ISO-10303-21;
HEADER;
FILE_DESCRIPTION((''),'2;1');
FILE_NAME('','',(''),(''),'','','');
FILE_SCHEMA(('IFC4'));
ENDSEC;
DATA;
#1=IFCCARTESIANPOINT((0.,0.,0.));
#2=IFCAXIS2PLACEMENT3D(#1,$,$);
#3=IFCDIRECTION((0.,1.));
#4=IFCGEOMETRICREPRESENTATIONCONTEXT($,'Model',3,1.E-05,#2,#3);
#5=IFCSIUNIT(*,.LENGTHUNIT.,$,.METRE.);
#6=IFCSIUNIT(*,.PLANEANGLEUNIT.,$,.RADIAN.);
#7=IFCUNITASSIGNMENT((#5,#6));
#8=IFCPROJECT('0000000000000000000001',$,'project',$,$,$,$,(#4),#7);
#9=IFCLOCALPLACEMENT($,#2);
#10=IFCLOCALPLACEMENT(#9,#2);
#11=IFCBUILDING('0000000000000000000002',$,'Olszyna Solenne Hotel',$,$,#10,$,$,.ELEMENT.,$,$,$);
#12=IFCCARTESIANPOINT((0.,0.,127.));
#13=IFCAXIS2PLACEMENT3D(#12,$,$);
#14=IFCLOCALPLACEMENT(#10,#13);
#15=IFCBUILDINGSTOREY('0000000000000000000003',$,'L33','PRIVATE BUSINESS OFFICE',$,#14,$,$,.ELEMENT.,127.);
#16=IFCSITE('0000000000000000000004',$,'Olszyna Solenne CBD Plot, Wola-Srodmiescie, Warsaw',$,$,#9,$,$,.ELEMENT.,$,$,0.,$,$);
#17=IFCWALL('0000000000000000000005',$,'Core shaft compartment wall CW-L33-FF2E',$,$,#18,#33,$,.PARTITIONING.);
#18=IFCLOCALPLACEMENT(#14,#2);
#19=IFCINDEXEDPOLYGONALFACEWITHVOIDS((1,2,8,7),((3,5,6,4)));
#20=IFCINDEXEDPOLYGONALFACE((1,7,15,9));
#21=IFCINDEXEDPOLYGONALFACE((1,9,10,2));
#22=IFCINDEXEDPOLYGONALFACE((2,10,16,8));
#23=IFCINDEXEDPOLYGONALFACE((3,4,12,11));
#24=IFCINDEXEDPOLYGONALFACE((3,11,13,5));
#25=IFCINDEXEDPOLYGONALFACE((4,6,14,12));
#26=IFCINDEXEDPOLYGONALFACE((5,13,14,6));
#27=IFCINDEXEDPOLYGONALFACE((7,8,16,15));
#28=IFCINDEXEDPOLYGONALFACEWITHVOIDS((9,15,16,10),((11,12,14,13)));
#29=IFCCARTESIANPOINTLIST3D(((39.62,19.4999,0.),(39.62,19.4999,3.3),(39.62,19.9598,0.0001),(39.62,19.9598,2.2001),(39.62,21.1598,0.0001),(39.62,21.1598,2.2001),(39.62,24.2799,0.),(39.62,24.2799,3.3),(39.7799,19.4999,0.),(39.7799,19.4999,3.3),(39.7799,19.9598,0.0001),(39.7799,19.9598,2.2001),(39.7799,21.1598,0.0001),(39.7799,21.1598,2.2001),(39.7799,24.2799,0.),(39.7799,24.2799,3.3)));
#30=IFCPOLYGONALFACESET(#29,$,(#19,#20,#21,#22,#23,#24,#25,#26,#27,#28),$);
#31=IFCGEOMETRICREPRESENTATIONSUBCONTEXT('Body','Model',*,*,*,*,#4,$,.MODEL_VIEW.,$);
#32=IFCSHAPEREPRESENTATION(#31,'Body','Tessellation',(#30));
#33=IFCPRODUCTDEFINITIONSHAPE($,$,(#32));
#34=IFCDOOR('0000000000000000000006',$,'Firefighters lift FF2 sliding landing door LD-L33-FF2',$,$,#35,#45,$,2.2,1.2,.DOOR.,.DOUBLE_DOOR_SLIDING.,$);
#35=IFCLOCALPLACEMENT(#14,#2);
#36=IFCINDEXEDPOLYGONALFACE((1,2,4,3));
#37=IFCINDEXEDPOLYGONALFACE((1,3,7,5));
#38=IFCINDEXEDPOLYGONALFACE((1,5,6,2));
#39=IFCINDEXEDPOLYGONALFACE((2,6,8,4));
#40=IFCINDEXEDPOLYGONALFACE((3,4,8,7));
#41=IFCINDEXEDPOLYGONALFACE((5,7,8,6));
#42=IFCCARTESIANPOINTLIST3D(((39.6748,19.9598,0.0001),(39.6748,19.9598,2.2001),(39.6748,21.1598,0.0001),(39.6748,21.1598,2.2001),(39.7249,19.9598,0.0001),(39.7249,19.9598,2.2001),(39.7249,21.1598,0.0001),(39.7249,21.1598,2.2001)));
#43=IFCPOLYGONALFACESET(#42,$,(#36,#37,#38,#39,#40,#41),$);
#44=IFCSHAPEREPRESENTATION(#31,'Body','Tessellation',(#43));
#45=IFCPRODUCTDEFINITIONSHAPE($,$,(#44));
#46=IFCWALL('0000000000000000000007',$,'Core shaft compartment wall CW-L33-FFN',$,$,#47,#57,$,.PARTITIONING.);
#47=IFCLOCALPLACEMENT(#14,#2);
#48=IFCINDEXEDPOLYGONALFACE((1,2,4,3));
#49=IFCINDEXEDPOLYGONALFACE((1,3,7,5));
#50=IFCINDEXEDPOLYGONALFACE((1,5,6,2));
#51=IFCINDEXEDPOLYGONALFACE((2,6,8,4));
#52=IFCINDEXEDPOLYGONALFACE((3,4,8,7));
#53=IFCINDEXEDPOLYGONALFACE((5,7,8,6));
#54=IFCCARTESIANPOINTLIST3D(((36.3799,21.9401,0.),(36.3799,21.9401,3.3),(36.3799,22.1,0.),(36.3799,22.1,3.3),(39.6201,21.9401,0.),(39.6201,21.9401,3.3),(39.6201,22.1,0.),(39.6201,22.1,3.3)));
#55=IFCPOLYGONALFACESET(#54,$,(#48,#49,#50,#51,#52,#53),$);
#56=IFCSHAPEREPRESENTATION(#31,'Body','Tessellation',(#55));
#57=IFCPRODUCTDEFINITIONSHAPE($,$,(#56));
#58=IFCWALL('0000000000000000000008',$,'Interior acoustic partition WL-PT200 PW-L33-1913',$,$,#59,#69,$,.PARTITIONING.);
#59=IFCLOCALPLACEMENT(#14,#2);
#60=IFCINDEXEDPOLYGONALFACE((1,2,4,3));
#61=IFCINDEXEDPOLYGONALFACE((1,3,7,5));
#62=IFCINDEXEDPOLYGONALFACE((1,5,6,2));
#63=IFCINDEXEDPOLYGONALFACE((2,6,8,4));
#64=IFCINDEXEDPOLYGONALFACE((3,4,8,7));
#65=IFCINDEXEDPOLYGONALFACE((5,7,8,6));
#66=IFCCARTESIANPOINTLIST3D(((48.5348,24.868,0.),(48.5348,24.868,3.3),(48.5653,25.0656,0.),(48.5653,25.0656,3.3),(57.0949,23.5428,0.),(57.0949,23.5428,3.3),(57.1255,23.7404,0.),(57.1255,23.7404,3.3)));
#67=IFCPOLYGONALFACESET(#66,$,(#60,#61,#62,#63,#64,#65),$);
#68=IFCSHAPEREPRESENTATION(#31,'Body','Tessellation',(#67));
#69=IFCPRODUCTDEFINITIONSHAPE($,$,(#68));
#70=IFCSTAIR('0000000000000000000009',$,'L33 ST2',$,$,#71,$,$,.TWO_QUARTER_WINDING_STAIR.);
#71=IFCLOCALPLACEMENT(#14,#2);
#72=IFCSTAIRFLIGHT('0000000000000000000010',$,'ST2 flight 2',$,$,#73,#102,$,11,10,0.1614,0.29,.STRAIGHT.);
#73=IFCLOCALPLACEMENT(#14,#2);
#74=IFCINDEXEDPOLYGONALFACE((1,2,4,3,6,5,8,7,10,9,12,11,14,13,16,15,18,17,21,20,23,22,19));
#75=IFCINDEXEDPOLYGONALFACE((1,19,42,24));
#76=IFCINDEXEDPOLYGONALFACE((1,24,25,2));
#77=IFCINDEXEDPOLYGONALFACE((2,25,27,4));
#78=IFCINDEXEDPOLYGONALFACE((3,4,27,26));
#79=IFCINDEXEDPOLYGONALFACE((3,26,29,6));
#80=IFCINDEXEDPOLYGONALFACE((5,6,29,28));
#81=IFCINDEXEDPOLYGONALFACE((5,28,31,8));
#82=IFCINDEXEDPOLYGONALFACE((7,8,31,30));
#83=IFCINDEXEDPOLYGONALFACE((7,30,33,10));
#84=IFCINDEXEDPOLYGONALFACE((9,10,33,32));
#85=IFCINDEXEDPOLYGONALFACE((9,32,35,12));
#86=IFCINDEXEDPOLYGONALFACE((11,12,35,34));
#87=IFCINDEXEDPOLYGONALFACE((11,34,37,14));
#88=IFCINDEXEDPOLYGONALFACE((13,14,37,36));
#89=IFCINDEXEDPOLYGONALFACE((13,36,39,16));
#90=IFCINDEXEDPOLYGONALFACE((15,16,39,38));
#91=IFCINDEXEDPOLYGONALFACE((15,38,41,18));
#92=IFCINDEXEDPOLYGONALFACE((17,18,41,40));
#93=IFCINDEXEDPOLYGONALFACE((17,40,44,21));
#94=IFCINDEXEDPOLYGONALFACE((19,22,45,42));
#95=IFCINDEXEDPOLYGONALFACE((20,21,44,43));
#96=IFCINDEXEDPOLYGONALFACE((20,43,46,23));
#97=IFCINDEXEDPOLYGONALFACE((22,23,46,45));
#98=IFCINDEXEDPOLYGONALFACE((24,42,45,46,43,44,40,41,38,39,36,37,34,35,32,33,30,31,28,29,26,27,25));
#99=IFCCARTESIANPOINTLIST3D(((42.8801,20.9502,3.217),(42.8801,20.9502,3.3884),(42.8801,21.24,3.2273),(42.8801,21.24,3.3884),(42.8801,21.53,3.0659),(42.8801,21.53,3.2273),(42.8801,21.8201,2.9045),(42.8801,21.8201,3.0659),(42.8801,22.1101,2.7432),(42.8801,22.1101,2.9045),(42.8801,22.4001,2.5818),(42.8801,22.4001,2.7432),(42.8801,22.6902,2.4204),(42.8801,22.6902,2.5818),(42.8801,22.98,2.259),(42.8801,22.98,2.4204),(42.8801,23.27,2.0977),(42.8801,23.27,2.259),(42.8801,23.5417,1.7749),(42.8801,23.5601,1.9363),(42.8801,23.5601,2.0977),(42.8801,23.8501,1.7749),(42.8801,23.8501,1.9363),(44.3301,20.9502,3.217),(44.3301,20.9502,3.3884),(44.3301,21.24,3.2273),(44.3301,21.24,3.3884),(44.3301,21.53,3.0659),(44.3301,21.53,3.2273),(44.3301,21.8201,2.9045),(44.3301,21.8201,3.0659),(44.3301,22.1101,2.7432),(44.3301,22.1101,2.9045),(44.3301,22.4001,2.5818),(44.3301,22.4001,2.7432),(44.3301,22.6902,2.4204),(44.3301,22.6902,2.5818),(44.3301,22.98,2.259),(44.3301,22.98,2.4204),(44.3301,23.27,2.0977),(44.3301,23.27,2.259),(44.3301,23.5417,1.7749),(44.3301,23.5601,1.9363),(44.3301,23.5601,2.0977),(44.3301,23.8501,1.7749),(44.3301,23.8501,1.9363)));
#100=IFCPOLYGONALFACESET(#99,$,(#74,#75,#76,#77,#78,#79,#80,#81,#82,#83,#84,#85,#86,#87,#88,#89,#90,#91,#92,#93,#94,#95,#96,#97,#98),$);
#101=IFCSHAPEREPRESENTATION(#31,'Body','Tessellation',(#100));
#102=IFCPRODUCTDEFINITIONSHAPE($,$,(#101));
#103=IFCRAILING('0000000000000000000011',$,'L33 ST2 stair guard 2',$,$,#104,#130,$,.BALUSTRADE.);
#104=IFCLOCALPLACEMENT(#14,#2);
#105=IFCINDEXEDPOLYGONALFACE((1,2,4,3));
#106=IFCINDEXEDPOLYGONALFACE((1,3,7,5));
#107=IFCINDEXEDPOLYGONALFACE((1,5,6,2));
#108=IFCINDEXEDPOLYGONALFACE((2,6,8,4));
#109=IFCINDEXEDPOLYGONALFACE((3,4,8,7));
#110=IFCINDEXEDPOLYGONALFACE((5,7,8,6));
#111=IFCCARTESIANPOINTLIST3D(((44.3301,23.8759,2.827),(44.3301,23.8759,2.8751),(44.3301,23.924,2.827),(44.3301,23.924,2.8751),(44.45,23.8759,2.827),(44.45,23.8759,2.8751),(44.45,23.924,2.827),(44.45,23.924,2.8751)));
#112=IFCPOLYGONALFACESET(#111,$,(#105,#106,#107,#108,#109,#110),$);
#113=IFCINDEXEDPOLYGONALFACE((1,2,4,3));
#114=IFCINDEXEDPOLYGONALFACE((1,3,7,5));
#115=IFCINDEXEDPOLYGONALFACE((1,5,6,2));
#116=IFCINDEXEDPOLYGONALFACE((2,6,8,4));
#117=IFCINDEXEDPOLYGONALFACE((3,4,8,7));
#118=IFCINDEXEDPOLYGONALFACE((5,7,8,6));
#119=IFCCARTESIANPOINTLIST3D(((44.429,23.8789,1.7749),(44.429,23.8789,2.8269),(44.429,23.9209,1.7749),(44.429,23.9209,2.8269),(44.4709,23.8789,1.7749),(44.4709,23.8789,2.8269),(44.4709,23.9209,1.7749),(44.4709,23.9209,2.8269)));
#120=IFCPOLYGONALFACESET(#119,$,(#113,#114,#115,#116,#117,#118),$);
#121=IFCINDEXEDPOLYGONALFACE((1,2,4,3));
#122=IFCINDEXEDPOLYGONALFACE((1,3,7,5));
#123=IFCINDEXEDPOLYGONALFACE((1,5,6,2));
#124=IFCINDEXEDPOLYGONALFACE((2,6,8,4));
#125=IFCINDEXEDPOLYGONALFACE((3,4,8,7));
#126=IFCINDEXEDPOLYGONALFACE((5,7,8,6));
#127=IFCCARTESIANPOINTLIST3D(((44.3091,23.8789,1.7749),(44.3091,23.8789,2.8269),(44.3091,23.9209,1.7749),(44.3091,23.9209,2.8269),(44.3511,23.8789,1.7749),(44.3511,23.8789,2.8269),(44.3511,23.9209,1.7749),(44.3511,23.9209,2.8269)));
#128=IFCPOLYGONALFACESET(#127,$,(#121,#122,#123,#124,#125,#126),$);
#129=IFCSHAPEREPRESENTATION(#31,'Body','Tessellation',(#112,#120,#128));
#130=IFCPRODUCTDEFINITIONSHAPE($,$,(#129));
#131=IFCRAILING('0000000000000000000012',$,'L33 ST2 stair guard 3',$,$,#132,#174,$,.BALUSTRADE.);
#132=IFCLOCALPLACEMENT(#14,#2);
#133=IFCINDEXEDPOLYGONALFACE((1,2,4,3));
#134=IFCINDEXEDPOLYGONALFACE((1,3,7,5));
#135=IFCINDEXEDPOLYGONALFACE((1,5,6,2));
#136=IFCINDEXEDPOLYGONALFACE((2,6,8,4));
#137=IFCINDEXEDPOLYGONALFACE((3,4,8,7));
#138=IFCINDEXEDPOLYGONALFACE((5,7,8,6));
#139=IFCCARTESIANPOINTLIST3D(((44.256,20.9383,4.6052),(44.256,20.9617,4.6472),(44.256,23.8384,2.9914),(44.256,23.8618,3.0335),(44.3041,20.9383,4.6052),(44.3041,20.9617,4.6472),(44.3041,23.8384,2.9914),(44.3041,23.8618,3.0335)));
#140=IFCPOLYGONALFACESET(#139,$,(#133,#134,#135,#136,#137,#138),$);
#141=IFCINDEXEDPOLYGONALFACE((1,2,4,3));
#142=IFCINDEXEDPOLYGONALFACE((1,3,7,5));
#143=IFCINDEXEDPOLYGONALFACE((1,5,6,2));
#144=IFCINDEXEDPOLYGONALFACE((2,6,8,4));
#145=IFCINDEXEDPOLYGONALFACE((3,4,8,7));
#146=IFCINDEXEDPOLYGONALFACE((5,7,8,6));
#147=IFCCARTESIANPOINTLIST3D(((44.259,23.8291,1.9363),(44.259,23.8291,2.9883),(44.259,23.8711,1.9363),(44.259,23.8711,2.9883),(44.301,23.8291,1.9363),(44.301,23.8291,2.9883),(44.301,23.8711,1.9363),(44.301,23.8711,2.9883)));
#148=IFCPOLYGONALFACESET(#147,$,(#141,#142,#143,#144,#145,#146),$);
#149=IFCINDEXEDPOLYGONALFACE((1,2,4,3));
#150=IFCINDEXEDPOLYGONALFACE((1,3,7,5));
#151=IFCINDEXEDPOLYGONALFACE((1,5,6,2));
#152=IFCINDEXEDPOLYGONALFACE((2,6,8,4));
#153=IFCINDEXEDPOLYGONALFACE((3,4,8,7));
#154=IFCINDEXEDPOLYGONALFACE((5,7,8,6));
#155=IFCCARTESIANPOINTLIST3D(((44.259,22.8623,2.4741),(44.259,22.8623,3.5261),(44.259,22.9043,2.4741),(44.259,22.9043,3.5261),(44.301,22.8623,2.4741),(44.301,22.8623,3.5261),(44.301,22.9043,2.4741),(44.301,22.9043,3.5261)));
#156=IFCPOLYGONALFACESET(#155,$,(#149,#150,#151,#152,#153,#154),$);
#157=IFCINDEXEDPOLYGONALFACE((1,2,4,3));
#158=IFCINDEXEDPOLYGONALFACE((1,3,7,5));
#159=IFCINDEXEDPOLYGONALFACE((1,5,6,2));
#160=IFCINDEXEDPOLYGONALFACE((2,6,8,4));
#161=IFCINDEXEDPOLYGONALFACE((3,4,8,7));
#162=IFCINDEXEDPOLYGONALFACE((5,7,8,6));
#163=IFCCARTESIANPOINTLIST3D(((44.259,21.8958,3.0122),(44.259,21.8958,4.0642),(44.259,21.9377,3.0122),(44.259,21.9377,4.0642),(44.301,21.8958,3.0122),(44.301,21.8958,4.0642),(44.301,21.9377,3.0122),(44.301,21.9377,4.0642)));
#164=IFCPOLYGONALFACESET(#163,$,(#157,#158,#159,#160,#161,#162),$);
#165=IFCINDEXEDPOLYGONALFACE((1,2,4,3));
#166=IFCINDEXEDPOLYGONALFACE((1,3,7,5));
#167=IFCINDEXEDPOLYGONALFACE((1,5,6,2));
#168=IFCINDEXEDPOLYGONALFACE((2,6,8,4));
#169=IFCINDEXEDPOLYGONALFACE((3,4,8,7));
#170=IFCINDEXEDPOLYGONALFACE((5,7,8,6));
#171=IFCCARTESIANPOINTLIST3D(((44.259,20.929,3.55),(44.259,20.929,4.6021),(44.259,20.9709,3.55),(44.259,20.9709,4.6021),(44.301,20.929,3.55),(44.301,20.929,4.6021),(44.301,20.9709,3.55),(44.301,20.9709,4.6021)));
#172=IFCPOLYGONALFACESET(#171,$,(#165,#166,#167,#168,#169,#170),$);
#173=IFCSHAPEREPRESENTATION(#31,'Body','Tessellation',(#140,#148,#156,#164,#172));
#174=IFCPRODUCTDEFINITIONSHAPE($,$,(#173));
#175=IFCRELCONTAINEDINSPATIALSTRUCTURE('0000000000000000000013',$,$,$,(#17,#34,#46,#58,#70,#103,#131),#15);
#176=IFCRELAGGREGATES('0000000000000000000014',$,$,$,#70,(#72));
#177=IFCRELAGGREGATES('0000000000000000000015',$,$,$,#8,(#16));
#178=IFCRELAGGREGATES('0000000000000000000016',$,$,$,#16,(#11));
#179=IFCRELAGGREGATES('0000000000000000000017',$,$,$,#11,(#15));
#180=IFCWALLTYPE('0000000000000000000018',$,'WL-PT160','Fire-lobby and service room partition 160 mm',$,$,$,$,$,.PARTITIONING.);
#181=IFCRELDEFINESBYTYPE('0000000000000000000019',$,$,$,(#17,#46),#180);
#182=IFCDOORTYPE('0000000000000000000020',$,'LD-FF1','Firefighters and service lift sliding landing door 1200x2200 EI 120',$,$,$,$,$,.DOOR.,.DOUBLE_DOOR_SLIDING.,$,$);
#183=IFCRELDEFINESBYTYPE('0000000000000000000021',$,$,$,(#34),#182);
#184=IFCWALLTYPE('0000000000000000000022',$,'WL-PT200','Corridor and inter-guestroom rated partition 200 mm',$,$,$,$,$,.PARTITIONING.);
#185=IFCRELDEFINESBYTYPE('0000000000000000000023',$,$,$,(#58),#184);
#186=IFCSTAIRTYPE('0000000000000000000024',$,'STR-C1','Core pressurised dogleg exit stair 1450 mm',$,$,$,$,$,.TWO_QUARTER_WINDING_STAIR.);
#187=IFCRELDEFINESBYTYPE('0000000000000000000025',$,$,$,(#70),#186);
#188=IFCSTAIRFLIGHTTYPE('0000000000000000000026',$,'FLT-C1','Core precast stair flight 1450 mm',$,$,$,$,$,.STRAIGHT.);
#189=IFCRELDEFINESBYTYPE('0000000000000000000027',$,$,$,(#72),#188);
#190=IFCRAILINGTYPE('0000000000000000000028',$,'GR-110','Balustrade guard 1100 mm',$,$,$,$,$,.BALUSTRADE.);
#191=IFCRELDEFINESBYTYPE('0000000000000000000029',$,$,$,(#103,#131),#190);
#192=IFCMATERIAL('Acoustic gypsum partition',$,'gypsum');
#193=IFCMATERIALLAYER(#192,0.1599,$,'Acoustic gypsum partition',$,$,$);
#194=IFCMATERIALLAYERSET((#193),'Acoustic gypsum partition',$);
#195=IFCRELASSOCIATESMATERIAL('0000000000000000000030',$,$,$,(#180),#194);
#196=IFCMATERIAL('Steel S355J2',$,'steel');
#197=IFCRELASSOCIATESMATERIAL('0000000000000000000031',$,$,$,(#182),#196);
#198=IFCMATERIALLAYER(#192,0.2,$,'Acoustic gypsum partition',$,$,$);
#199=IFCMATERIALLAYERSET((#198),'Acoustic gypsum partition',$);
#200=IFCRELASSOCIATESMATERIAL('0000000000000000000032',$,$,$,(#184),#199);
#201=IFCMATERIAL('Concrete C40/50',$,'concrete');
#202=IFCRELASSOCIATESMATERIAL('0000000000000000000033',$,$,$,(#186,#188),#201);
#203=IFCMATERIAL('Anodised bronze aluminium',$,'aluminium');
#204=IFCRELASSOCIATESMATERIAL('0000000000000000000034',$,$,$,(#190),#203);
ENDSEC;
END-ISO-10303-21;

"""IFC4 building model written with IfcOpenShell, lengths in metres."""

from ifc_helpers import new_model, si_unit, direction, frame, frame_2d, origin, origin_2d, place, context, subcontext, project, spatial, polyline, rectangle, outline, extrude, source, transform, mapped, material, layer, layer_set, type_object, type_shapes, element, fill, aggregate, save


model = new_model("IFC4")

# Units and contexts
model_context = context("Model", 3, precision=1e-05, world=origin(), true_north=direction((0.0, 1.0)))
body_context = subcontext(model_context, "Body", "Model", "MODEL_VIEW")
ifc_project = project(units=[si_unit("LENGTHUNIT", "METRE"), si_unit("PLANEANGLEUNIT", "RADIAN")], contexts=[model_context])

# Site, building, storey
site_placement = place(None, origin())
site = spatial("IfcSite", under=ifc_project, at=site_placement, Name="Olszyna Solenne CBD Plot, Wola-Srodmiescie, Warsaw", CompositionType="ELEMENT", RefElevation=0.0)
building_placement = place(site_placement, origin())
building = spatial("IfcBuilding", under=site, at=building_placement, Name="Olszyna Solenne Hotel", CompositionType="ELEMENT")
storey_placement = place(building_placement, frame((0.0, 0.0, 127.0)))
storey = spatial("IfcBuildingStorey", under=building, at=storey_placement, Name="L33", Description="PRIVATE BUSINESS OFFICE", CompositionType="ELEMENT", Elevation=127.0)

# Shared definitions
ifc_material_1 = material(Name="Steel S355J2", Category="steel")

# Shared definitions
ifc_material_2 = material(Name="Acoustic gypsum partition", Category="gypsum")

# Shared definitions
ifc_layer_1 = layer(ifc_material_2, 0.1599, Name="Acoustic gypsum partition")
ifc_layer_set_1 = layer_set([ifc_layer_1], Name="Acoustic gypsum partition")
wall_type_1 = type_object("IfcWallType", Name="WL-PT160", Description="Fire-lobby and service room partition 160 mm", PredefinedType="PARTITIONING", material=ifc_layer_set_1)

# Wall, opening, door
wall_1_placement = place(storey_placement, frame((39.7, 24.28, 0.0), z_axis=(0.0, 0.0, 1.0), x_axis=(0.0, -1.0, 0.0)))
wall_1 = element("IfcWall", 1, at=wall_1_placement, inside=storey, type_object=wall_type_1, Name="Core shaft compartment wall CW-L33-FF2E", PredefinedType="PARTITIONING", context=body_context, shape_type="SweptSolid", body=[
    extrude(rectangle(XDim=4.78, YDim=0.1599, at=frame_2d((2.3901, 0.0))), origin(), (0.0, 0.0, 1.0), 3.3),
])
opening_1_placement = place(wall_1_placement, frame((3.1201, 0.0, 0.0)))
opening_1 = element("IfcOpeningElement", 2, at=opening_1_placement, cuts=wall_1, PredefinedType="OPENING", context=body_context, shape_type="SweptSolid", body=[
    extrude(rectangle(XDim=1.2, YDim=2.2, at=frame_2d((0.6001, 1.1001))), frame((0.0, 0.0898, 0.0), z_axis=(0.0, -1.0, 0.0), x_axis=(1.0, 0.0, 0.0)), (0.0, 0.0, 1.0), 0.1799),
])
door_type_1 = type_object("IfcDoorType", Name="LD-FF1", Description="Firefighters and service lift sliding landing door 1200x2200 EI 120", OperationType="DOUBLE_DOOR_SLIDING", PredefinedType="DOOR", material=ifc_material_1)
shared_shape_1 = source(origin(), body_context, "Body", "SweptSolid", [
    extrude(rectangle(XDim=1.2, YDim=2.2, at=frame_2d((0.6001, 1.1001))), frame((0.0, 0.0249, 0.0), z_axis=(0.0, -1.0, 0.0), x_axis=(1.0, 0.0, 0.0)), (0.0, 0.0, 1.0), 0.05),
])
type_shapes(door_type_1, [shared_shape_1])
door_1_placement = place(opening_1_placement, origin())
door_1 = element("IfcDoor", 3, at=door_1_placement, inside=storey, type_object=door_type_1, Name="Firefighters lift FF2 sliding landing door LD-L33-FF2", OperationType="DOUBLE_DOOR_SLIDING", OverallHeight=2.2, OverallWidth=1.2, PredefinedType="DOOR", context=body_context, shape_type="MappedRepresentation", body=[
    mapped(shared_shape_1, transform((0.0, 0.0, 0.0), x_axis=(1.0, 0.0, 0.0), y_axis=(0.0, 1.0, 0.0), z_axis=(0.0, 0.0, 1.0), scale=1.0)),
])
fill(opening_1, door_1)

# Walls
wall_2_placement = place(storey_placement, frame((36.3799, 22.02, 0.0), z_axis=(0.0, 0.0, 1.0), x_axis=(1.0, 0.0, 0.0)))
element("IfcWall", 4, at=wall_2_placement, inside=storey, type_object=wall_type_1, Name="Core shaft compartment wall CW-L33-FFN", PredefinedType="PARTITIONING", context=body_context, shape_type="SweptSolid", body=[
    extrude(rectangle(XDim=3.2402, YDim=0.1599, at=frame_2d((1.6201, 0.0))), origin(), (0.0, 0.0, 1.0), 3.3),
])
ifc_layer_2 = layer(ifc_material_2, 0.2, Name="Acoustic gypsum partition")
ifc_layer_set_2 = layer_set([ifc_layer_2], Name="Acoustic gypsum partition")
wall_type_2 = type_object("IfcWallType", Name="WL-PT200", Description="Corridor and inter-guestroom rated partition 200 mm", PredefinedType="PARTITIONING", material=ifc_layer_set_2)
wall_3_placement = place(storey_placement, frame((48.55, 24.9668, 0.0), z_axis=(0.0, 0.0, 1.0), x_axis=(0.988228, -0.152989, 0.0)))
element("IfcWall", 5, at=wall_3_placement, inside=storey, type_object=wall_type_2, Name="Interior acoustic partition WL-PT200 PW-L33-1913", PredefinedType="PARTITIONING", context=body_context, shape_type="SweptSolid", body=[
    extrude(rectangle(XDim=8.6621, YDim=0.2, at=frame_2d((4.3311, 0.0))), origin(), (0.0, 0.0, 1.0), 3.3),
])

# Stair, stair flight
ifc_material_3 = material(Name="Concrete C40/50", Category="concrete")
stair_type = type_object("IfcStairType", Name="STR-C1", Description="Core pressurised dogleg exit stair 1450 mm", PredefinedType="TWO_QUARTER_WINDING_STAIR", material=ifc_material_3)
stair_placement = place(storey_placement, origin())
stair = element("IfcStair", 6, at=stair_placement, inside=storey, type_object=stair_type, Name="L33 ST2", PredefinedType="TWO_QUARTER_WINDING_STAIR")
stair_flight_type = type_object("IfcStairFlightType", Name="FLT-C1", Description="Core precast stair flight 1450 mm", PredefinedType="STRAIGHT", material=ifc_material_3)
stair_flight_placement = place(storey_placement, frame((43.605, 23.8501, 1.7749), z_axis=(0.0, 0.0, 1.0), x_axis=(0.0, -1.0, 0.0)))
stair_flight = element("IfcStairFlight", 7, at=stair_flight_placement, type_object=stair_flight_type, Name="ST2 flight 2", NumberOfRisers=11, NumberOfTreads=10, PredefinedType="STRAIGHT", RiserHeight=0.1614, TreadLength=0.29, context=body_context, shape_type="SweptSolid", body=[
    extrude(outline(polyline([(0.0, 0.0), (0.0, 0.1614), (0.29, 0.1614), (0.29, 0.3228), (0.5801, 0.3228), (0.5801, 0.4841), (0.8701, 0.4841), (0.8701, 0.6455), (1.1599, 0.6455), (1.1599, 0.8069), (1.45, 0.8069), (1.45, 0.9683), (1.74, 0.9683), (1.74, 1.1296), (2.03, 1.1296), (2.03, 1.291), (2.3201, 1.291), (2.3201, 1.4524), (2.6101, 1.4524), (2.6101, 1.6135), (2.8999, 1.6135), (2.8999, 1.7749), (2.8999, 1.4421), (0.3083, 0.0), (0.0, 0.0)])), frame((0.0, 0.7251, 0.0), z_axis=(0.0, -1.0, 0.0), x_axis=(1.0, 0.0, 0.0)), (0.0, 0.0, 1.0), 1.45),
])
aggregate(stair, [stair_flight])

# Railings
ifc_material_4 = material(Name="Anodised bronze aluminium", Category="aluminium")
railing_type_1 = type_object("IfcRailingType", Name="GR-110", Description="Balustrade guard 1100 mm", PredefinedType="BALUSTRADE", material=ifc_material_4)
railing_1_placement = place(storey_placement, frame((44.45, 23.8999, 1.7749)))
element("IfcRailing", 8, at=railing_1_placement, inside=storey, type_object=railing_type_1, Name="L33 ST2 stair guard 2", PredefinedType="BALUSTRADE", context=body_context, shape_type="SweptSolid", body=[
    extrude(rectangle(XDim=0.0481, YDim=0.0481, at=origin_2d()), frame((0.0, 0.0, 1.0762), z_axis=(-1.0, 0.0, 0.0), x_axis=(0.0, -1.0, 0.0)), (0.0, 0.0, 1.0), 0.1199),
    extrude(rectangle(XDim=0.042, YDim=0.042, at=origin_2d()), origin(), (0.0, 0.0, 1.0), 1.052),
    extrude(rectangle(XDim=0.042, YDim=0.042, at=origin_2d()), frame((-0.1199, 0.0, 0.0)), (0.0, 0.0, 1.0), 1.052),
])
railing_2_placement = place(storey_placement, frame((44.28, 23.8501, 1.9363)))
element("IfcRailing", 9, at=railing_2_placement, inside=storey, type_object=railing_type_1, Name="L33 ST2 stair guard 3", PredefinedType="BALUSTRADE", context=body_context, shape_type="SweptSolid", body=[
    extrude(rectangle(XDim=0.0481, YDim=0.0481, at=origin_2d()), frame((0.0, 0.0, 1.0762), z_axis=(0.0, -0.873827, 0.486236), x_axis=(1.0, 0.0, 0.0)), (0.0, 0.0, 1.0), 3.3188),
    extrude(rectangle(XDim=0.042, YDim=0.042, at=origin_2d()), origin(), (0.0, 0.0, 1.0), 1.052),
    extrude(rectangle(XDim=0.042, YDim=0.042, at=origin_2d()), frame((0.0, -0.9668, 0.5378)), (0.0, 0.0, 1.0), 1.052),
    extrude(rectangle(XDim=0.042, YDim=0.042, at=origin_2d()), frame((0.0, -1.9333, 1.0759)), (0.0, 0.0, 1.0), 1.052),
    extrude(rectangle(XDim=0.042, YDim=0.042, at=origin_2d()), frame((0.0, -2.9001, 1.6138)), (0.0, 0.0, 1.0), 1.052),
])

save(model, "model.ifc")
